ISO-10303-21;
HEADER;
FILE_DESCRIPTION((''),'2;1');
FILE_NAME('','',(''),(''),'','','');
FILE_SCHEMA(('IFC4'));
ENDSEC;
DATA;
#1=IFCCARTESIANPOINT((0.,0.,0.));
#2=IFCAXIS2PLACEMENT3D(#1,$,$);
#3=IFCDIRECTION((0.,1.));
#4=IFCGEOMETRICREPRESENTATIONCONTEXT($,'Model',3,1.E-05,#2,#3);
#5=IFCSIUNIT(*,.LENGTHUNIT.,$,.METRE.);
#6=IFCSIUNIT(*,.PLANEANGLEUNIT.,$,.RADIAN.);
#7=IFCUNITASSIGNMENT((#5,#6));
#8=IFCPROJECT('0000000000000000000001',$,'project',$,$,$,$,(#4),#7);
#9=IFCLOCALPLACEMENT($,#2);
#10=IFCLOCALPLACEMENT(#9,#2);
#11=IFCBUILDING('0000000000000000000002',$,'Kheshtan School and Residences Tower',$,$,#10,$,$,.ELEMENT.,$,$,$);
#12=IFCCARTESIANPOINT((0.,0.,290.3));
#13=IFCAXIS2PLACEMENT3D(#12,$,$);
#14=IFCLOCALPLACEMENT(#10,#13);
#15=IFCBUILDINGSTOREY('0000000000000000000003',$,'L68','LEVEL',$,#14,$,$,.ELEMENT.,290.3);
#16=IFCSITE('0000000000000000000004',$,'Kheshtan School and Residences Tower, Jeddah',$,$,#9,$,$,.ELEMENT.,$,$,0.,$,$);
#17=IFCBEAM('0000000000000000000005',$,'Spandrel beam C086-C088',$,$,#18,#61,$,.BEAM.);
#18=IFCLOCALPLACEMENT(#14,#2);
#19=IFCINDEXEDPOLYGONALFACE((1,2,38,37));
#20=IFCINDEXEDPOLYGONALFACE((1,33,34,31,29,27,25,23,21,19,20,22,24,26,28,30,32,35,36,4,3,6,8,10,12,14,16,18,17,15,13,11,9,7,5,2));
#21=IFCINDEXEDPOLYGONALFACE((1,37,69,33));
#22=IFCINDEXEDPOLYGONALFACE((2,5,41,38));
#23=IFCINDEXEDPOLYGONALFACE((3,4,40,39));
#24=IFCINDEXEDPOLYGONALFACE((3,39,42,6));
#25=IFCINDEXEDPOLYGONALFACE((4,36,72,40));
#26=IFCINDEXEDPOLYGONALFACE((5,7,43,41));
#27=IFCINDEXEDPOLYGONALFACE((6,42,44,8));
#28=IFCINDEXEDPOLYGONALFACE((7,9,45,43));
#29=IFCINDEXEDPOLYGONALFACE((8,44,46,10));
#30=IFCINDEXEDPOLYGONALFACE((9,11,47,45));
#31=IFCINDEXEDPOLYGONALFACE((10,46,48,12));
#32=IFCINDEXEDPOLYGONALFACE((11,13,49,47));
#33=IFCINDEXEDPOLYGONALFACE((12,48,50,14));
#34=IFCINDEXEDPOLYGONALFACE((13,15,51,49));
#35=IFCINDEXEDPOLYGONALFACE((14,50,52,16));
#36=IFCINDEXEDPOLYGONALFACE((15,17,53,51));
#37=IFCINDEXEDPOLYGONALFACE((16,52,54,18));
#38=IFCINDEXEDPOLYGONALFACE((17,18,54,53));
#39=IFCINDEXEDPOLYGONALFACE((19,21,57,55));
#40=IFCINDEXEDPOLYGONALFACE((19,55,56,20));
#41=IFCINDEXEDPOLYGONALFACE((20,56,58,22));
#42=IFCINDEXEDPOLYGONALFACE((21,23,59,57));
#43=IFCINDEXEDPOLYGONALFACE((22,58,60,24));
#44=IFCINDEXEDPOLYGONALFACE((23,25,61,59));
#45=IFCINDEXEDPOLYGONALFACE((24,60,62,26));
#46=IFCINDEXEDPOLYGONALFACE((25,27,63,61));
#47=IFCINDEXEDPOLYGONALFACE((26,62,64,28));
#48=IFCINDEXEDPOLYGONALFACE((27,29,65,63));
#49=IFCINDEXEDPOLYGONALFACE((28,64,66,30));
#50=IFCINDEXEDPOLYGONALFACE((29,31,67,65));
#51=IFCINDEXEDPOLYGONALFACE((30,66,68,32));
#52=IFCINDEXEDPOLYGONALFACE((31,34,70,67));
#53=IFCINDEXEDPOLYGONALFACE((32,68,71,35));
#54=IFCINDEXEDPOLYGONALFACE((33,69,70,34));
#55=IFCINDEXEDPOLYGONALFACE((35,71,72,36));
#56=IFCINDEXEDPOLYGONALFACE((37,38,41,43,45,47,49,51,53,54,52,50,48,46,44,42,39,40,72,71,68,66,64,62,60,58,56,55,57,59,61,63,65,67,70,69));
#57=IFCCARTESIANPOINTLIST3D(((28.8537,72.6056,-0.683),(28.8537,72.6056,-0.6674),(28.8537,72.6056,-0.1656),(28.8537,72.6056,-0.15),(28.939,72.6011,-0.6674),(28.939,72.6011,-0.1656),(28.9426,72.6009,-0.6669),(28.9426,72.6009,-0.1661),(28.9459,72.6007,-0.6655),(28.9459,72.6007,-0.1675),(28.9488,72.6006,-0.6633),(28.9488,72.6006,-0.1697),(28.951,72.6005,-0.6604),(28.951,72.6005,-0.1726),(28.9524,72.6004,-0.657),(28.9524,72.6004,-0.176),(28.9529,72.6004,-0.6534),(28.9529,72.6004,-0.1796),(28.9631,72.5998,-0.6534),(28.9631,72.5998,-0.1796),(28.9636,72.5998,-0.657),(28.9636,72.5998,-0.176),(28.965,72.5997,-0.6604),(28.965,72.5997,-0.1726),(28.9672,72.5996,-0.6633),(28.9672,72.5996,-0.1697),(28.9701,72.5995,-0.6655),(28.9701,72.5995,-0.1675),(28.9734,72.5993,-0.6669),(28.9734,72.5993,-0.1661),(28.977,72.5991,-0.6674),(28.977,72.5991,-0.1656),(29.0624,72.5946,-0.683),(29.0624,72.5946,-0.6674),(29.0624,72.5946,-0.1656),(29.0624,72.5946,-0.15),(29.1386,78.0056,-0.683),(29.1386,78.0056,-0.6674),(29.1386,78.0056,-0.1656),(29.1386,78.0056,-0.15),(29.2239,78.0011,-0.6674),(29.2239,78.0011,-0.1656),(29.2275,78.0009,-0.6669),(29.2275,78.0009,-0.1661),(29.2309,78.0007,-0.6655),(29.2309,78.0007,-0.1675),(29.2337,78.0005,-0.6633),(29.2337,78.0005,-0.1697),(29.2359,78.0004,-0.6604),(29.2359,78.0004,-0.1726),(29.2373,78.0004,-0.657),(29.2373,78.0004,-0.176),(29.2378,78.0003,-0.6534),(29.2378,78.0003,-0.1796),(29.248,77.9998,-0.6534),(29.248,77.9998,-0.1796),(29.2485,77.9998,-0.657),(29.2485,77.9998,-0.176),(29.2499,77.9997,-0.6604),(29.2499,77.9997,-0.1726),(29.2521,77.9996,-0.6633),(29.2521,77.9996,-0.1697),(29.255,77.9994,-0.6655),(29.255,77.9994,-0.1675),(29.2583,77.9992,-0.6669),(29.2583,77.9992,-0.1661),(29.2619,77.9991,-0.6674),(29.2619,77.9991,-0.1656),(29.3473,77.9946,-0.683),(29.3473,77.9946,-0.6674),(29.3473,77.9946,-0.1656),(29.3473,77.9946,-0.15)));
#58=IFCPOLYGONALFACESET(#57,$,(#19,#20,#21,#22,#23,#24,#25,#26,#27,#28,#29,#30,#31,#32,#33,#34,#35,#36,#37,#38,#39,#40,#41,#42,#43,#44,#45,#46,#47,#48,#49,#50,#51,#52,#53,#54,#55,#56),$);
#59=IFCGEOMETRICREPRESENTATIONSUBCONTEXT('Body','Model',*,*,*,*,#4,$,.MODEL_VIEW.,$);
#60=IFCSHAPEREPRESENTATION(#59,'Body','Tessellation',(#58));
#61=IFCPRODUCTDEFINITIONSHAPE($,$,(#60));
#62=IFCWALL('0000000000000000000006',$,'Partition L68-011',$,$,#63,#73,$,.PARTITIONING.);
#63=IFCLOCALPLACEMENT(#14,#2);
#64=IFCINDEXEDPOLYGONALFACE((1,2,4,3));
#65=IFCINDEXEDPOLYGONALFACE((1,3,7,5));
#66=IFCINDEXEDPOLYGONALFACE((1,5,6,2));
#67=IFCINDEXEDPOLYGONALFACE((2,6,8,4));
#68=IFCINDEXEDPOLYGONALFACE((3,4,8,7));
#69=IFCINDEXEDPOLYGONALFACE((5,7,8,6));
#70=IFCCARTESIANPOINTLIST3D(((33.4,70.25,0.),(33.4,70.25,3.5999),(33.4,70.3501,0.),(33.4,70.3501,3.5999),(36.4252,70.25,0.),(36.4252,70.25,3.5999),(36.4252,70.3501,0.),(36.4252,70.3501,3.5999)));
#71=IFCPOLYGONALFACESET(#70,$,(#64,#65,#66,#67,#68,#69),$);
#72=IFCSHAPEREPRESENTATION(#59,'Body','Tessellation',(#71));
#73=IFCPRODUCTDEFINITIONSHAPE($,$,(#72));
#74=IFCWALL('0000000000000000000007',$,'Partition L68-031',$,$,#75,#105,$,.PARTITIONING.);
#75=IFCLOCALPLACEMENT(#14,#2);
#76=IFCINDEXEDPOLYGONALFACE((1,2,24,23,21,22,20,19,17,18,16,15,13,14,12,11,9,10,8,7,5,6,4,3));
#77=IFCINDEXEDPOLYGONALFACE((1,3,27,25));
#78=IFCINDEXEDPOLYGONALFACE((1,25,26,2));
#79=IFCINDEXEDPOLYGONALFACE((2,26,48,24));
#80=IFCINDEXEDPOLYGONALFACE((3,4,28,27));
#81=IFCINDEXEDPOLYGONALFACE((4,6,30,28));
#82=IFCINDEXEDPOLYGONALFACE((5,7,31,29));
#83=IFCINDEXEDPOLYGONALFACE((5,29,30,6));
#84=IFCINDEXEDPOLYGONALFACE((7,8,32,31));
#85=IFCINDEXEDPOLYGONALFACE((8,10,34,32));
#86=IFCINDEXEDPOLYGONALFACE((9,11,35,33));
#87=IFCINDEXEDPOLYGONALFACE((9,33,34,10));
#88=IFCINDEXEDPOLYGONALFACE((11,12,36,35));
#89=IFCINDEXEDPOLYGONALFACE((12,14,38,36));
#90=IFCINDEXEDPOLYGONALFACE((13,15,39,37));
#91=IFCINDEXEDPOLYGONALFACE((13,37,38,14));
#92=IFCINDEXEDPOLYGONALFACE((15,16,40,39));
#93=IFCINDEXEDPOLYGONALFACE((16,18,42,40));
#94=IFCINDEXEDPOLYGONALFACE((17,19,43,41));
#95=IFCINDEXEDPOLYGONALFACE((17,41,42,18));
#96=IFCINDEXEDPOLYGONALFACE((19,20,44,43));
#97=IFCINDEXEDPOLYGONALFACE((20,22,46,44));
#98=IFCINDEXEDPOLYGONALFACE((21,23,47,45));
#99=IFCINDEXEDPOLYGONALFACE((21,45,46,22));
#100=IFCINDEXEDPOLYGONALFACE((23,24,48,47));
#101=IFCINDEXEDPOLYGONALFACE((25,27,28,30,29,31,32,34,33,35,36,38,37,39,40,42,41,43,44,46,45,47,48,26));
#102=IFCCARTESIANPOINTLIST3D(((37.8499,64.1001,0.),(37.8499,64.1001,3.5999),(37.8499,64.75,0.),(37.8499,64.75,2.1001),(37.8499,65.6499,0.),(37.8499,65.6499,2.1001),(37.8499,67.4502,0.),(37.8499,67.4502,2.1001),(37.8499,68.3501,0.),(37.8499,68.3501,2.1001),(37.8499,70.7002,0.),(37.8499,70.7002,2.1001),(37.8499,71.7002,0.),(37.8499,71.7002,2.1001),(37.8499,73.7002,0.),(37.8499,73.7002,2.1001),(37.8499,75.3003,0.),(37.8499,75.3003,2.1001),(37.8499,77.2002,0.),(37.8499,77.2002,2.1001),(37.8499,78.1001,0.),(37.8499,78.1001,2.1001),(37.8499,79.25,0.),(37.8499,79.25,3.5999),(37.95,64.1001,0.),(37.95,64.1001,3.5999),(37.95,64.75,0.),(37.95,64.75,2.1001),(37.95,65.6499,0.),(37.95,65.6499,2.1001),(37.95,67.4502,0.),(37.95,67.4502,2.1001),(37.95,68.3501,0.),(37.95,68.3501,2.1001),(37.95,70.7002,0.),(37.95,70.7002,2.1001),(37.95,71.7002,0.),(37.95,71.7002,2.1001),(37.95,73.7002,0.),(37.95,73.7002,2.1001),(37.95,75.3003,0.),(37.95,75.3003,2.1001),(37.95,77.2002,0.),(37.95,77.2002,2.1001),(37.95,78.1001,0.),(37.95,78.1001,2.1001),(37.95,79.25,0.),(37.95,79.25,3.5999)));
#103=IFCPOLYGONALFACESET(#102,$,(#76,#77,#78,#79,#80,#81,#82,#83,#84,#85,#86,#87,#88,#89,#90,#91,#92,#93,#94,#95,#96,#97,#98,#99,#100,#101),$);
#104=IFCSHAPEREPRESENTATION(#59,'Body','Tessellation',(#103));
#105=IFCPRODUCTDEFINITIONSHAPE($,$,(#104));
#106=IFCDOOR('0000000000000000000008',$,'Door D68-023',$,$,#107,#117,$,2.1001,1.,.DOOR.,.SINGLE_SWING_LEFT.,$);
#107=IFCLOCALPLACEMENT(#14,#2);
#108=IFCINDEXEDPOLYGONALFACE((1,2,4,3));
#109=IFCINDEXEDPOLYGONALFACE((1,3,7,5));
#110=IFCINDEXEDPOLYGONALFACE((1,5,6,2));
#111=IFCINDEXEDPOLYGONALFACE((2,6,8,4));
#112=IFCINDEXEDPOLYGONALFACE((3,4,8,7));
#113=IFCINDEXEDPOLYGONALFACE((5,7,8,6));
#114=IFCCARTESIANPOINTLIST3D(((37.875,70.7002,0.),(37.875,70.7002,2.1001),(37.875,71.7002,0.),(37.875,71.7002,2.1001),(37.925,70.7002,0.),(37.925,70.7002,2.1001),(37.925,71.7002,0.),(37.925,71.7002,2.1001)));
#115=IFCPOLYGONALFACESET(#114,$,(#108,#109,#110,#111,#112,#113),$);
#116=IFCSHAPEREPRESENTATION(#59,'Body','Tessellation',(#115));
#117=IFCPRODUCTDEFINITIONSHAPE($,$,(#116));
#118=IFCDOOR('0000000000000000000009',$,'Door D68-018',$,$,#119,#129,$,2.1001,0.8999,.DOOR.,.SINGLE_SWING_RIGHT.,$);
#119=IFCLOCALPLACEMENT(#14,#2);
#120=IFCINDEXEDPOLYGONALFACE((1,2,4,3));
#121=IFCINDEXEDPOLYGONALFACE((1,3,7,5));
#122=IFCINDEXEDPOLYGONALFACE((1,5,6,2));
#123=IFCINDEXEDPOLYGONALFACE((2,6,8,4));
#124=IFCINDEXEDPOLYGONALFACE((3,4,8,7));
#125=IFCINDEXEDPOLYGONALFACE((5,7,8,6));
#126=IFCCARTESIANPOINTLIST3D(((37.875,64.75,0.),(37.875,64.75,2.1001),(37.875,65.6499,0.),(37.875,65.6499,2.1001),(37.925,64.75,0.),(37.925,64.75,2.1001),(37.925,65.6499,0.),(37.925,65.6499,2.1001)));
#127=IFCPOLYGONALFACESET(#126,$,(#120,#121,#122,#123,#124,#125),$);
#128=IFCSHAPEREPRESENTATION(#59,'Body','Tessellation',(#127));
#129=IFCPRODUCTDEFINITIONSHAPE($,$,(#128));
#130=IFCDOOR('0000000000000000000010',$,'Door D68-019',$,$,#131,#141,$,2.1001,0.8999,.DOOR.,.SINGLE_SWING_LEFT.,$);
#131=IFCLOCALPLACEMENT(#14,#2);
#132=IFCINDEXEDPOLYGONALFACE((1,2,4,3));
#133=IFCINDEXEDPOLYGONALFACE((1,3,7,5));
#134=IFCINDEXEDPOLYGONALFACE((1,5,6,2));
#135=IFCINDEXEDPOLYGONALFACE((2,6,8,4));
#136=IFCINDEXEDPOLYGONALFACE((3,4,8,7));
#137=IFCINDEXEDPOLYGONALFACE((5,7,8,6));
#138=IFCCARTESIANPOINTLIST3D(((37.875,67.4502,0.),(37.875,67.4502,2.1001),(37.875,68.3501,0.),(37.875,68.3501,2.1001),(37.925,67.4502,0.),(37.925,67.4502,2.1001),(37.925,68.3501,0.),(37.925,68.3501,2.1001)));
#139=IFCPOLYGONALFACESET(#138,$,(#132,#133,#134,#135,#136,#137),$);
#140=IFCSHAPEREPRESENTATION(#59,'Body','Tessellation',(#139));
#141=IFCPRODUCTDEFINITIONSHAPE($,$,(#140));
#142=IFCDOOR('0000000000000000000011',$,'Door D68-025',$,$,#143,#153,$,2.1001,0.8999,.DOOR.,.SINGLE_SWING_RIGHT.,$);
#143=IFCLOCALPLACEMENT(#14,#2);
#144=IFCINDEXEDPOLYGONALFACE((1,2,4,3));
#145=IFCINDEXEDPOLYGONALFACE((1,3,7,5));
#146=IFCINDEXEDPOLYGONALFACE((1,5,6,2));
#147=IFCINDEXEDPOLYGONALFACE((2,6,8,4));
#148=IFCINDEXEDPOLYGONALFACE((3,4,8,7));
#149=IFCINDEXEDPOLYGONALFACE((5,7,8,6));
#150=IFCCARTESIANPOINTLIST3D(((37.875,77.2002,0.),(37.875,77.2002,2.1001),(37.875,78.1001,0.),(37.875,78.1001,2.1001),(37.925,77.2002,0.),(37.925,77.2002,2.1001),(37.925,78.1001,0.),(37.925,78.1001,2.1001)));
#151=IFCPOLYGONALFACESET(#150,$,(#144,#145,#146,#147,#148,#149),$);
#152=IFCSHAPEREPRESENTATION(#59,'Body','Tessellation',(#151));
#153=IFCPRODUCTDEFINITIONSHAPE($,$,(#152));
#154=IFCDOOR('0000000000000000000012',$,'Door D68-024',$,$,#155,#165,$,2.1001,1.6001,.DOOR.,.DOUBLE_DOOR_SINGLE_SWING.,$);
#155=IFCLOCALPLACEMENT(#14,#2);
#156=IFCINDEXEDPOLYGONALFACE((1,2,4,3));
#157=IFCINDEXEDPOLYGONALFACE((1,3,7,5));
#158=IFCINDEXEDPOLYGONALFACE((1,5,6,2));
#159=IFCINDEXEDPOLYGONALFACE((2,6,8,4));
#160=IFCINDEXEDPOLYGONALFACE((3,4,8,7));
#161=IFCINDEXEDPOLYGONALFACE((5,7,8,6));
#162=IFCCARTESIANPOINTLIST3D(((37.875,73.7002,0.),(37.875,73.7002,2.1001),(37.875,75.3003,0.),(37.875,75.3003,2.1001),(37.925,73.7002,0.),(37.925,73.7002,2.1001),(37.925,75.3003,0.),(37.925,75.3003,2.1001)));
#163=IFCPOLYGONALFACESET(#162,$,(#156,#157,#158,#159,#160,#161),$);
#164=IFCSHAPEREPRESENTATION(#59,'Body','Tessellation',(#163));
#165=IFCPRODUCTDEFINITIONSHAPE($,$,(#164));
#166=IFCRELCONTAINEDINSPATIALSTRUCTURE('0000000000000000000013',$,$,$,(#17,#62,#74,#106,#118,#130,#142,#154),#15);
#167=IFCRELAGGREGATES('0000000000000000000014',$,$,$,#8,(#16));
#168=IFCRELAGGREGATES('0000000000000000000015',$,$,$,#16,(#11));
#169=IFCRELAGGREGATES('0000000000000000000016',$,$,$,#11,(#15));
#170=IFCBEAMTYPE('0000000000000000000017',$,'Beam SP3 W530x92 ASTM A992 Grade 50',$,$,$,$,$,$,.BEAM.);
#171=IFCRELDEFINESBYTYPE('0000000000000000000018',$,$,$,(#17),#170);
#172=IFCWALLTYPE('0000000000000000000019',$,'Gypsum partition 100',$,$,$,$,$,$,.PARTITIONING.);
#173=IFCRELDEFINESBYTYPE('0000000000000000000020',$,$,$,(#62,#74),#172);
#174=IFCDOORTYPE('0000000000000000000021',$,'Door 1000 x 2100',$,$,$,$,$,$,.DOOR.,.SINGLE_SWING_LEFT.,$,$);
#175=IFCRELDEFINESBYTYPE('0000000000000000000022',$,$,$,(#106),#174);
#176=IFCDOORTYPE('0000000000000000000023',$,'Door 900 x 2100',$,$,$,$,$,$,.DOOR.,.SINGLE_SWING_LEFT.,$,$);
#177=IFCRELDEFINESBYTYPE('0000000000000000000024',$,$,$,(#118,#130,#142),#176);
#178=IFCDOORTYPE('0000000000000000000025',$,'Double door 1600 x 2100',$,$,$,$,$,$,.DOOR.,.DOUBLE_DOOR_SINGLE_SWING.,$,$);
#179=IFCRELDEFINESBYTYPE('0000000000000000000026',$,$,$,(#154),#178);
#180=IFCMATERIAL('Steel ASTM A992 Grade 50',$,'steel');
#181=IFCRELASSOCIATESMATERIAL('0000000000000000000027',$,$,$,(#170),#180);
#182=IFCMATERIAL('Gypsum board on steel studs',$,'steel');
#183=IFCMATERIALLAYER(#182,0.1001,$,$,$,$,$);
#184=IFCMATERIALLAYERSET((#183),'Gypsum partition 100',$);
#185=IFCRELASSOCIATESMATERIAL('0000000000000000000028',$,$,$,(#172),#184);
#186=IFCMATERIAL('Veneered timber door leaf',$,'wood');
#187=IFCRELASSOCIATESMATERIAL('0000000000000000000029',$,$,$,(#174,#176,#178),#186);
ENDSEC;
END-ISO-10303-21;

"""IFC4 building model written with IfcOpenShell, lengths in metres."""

from ifc_helpers import new_model, si_unit, direction, frame, frame_2d, origin, origin_2d, place, context, subcontext, project, spatial, rectangle, i_section, extrude, source, transform, mapped, material, layer, layer_set, material_profile, profile_set, type_object, element, fill, save


model = new_model("IFC4")

# Units and contexts
model_context = context("Model", 3, precision=1e-05, world=origin(), true_north=direction((0.0, 1.0)))
body_context = subcontext(model_context, "Body", "Model", "MODEL_VIEW")
ifc_project = project(units=[si_unit("LENGTHUNIT", "METRE"), si_unit("PLANEANGLEUNIT", "RADIAN")], contexts=[model_context])

# Site, building, storey
site_placement = place(None, origin())
site = spatial("IfcSite", under=ifc_project, at=site_placement, Name="Kheshtan School and Residences Tower, Jeddah", CompositionType="ELEMENT", RefElevation=0.0)
building_placement = place(site_placement, origin())
building = spatial("IfcBuilding", under=site, at=building_placement, Name="Kheshtan School and Residences Tower", CompositionType="ELEMENT")
storey_placement = place(building_placement, frame((0.0, 0.0, 290.3)))
storey = spatial("IfcBuildingStorey", under=building, at=storey_placement, Name="L68", Description="LEVEL", CompositionType="ELEMENT", Elevation=290.3)

# Shared definitions
ifc_material_1 = material(Name="Steel ASTM A992 Grade 50", Category="steel")

# Beam
ifc_material_profile_1 = material_profile(ifc_material_1, i_section(OverallWidth=0.209, OverallDepth=0.533, WebThickness=0.0103, FlangeThickness=0.0156, FilletRadius=0.0139, at=origin_2d()), Name="W530x92")
ifc_profile_set_1 = profile_set([ifc_material_profile_1], Name="Steel ASTM A992 Grade 50")
beam_type_1 = type_object("IfcBeamType", Name="Beam SP3 W530x92 ASTM A992 Grade 50", PredefinedType="BEAM", material=ifc_profile_set_1)
beam_1_placement = place(storey_placement, frame((28.958, 72.6001, -0.4165), z_axis=(0.052689, 0.998611, 0.0), x_axis=(-0.998611, 0.052689, 0.0)))
element("IfcBeam", 1, at=beam_1_placement, inside=storey, type_object=beam_type_1, Name="Spandrel beam C086-C088", PredefinedType="BEAM", context=body_context, shape_type="SweptSolid", body=[
    extrude(i_section(OverallWidth=0.209, OverallDepth=0.533, WebThickness=0.0103, FlangeThickness=0.0156, FilletRadius=0.0139, at=origin_2d()), origin(), (0.0, 0.0, 1.0), 5.4075),
])

# Wall
ifc_material_2 = material(Name="Gypsum board on steel studs", Category="steel")
ifc_layer_1 = layer(ifc_material_2, 0.1001)
ifc_layer_set_1 = layer_set([ifc_layer_1], Name="Gypsum partition 100")
wall_type_1 = type_object("IfcWallType", Name="Gypsum partition 100", PredefinedType="PARTITIONING", material=ifc_layer_set_1)
wall_1_placement = place(storey_placement, frame((33.3999, 70.3, 0.0), z_axis=(0.0, 0.0, 1.0), x_axis=(1.0, 0.0, 0.0)))
element("IfcWall", 2, at=wall_1_placement, inside=storey, type_object=wall_type_1, Name="Partition L68-011", PredefinedType="PARTITIONING", context=body_context, shape_type="SweptSolid", body=[
    extrude(rectangle(XDim=3.0251, YDim=0.1001, at=frame_2d((1.5127, 0.0))), origin(), (0.0, 0.0, 1.0), 3.5999),
])

# Wall, openings, doors
wall_2_placement = place(storey_placement, frame((37.8999, 64.1001, 0.0), z_axis=(0.0, 0.0, 1.0), x_axis=(0.0, 1.0, 0.0)))
wall_2 = element("IfcWall", 3, at=wall_2_placement, inside=storey, type_object=wall_type_1, Name="Partition L68-031", PredefinedType="PARTITIONING", context=body_context, shape_type="SweptSolid", body=[
    extrude(rectangle(XDim=15.1499, YDim=0.1001, at=frame_2d((7.575, 0.0))), origin(), (0.0, 0.0, 1.0), 3.5999),
])
opening_1_placement = place(wall_2_placement, frame((0.6499, 0.0, 0.0)))
opening_1 = element("IfcOpeningElement", 4, at=opening_1_placement, cuts=wall_2, PredefinedType="OPENING", context=body_context, shape_type="SweptSolid", body=[
    extrude(rectangle(XDim=0.8999, YDim=2.1001, at=frame_2d((0.45, 1.05))), frame((0.0, 0.0601, 0.0), z_axis=(0.0, -1.0, 0.0), x_axis=(1.0, 0.0, 0.0)), (0.0, 0.0, 1.0), 0.1201),
])
opening_2_placement = place(wall_2_placement, frame((3.3501, 0.0, 0.0)))
opening_2 = element("IfcOpeningElement", 5, at=opening_2_placement, cuts=wall_2, PredefinedType="OPENING", context=body_context, shape_type="SweptSolid", body=[
    extrude(rectangle(XDim=0.8999, YDim=2.1001, at=frame_2d((0.45, 1.05))), frame((0.0, 0.0601, 0.0), z_axis=(0.0, -1.0, 0.0), x_axis=(1.0, 0.0, 0.0)), (0.0, 0.0, 1.0), 0.1201),
])
opening_3_placement = place(wall_2_placement, frame((6.6001, 0.0, 0.0)))
opening_3 = element("IfcOpeningElement", 6, at=opening_3_placement, cuts=wall_2, PredefinedType="OPENING", context=body_context, shape_type="SweptSolid", body=[
    extrude(rectangle(XDim=1.0, YDim=2.1001, at=frame_2d((0.5, 1.05))), frame((0.0, 0.0601, 0.0), z_axis=(0.0, -1.0, 0.0), x_axis=(1.0, 0.0, 0.0)), (0.0, 0.0, 1.0), 0.1201),
])
opening_4_placement = place(wall_2_placement, frame((9.6001, 0.0, 0.0)))
opening_4 = element("IfcOpeningElement", 7, at=opening_4_placement, cuts=wall_2, PredefinedType="OPENING", context=body_context, shape_type="SweptSolid", body=[
    extrude(rectangle(XDim=1.6001, YDim=2.1001, at=frame_2d((0.8, 1.05))), frame((0.0, 0.0601, 0.0), z_axis=(0.0, -1.0, 0.0), x_axis=(1.0, 0.0, 0.0)), (0.0, 0.0, 1.0), 0.1201),
])
opening_5_placement = place(wall_2_placement, frame((13.1001, 0.0, 0.0)))
opening_5 = element("IfcOpeningElement", 8, at=opening_5_placement, cuts=wall_2, PredefinedType="OPENING", context=body_context, shape_type="SweptSolid", body=[
    extrude(rectangle(XDim=0.8999, YDim=2.1001, at=frame_2d((0.45, 1.05))), frame((0.0, 0.0601, 0.0), z_axis=(0.0, -1.0, 0.0), x_axis=(1.0, 0.0, 0.0)), (0.0, 0.0, 1.0), 0.1201),
])
ifc_material_3 = material(Name="Veneered timber door leaf", Category="wood")
door_type_1 = type_object("IfcDoorType", Name="Door 1000 x 2100", OperationType="SINGLE_SWING_LEFT", PredefinedType="DOOR", material=ifc_material_3)
shared_shape_1 = source(origin(), body_context, "Body", "SweptSolid", [
    extrude(rectangle(XDim=1.0, YDim=2.1001, at=frame_2d((0.5, 1.05))), frame((0.0, 0.0249, 0.0), z_axis=(0.0, -1.0, 0.0), x_axis=(1.0, 0.0, 0.0)), (0.0, 0.0, 1.0), 0.05),
])
door_1_placement = place(opening_3_placement, origin())
door_1 = element("IfcDoor", 9, at=door_1_placement, inside=storey, type_object=door_type_1, Name="Door D68-023", OperationType="SINGLE_SWING_LEFT", OverallHeight=2.1001, OverallWidth=1.0, PredefinedType="DOOR", context=body_context, shape_type="MappedRepresentation", body=[
    mapped(shared_shape_1, transform((0.0, 0.0, 0.0), x_axis=(1.0, 0.0, 0.0), y_axis=(0.0, 1.0, 0.0), z_axis=(0.0, 0.0, 1.0), scale=1.0)),
])
fill(opening_3, door_1)
door_type_2 = type_object("IfcDoorType", Name="Door 900 x 2100", OperationType="SINGLE_SWING_LEFT", PredefinedType="DOOR", material=ifc_material_3)
shared_shape_2 = source(origin(), body_context, "Body", "SweptSolid", [
    extrude(rectangle(XDim=0.8999, YDim=2.1001, at=frame_2d((0.45, 1.05))), frame((0.0, 0.0249, 0.0), z_axis=(0.0, -1.0, 0.0), x_axis=(1.0, 0.0, 0.0)), (0.0, 0.0, 1.0), 0.05),
])
door_2_placement = place(opening_1_placement, origin())
door_2 = element("IfcDoor", 10, at=door_2_placement, inside=storey, type_object=door_type_2, Name="Door D68-018", OperationType="SINGLE_SWING_RIGHT", OverallHeight=2.1001, OverallWidth=0.8999, PredefinedType="DOOR", context=body_context, shape_type="MappedRepresentation", body=[
    mapped(shared_shape_2, transform((0.0, 0.0, 0.0), x_axis=(1.0, 0.0, 0.0), y_axis=(0.0, 1.0, 0.0), z_axis=(0.0, 0.0, 1.0), scale=1.0)),
])
fill(opening_1, door_2)
door_3_placement = place(opening_2_placement, origin())
door_3 = element("IfcDoor", 11, at=door_3_placement, inside=storey, type_object=door_type_2, Name="Door D68-019", OperationType="SINGLE_SWING_LEFT", OverallHeight=2.1001, OverallWidth=0.8999, PredefinedType="DOOR", context=body_context, shape_type="MappedRepresentation", body=[
    mapped(shared_shape_2, transform((0.0, 0.0, 0.0), x_axis=(1.0, 0.0, 0.0), y_axis=(0.0, 1.0, 0.0), z_axis=(0.0, 0.0, 1.0), scale=1.0)),
])
fill(opening_2, door_3)
door_4_placement = place(opening_5_placement, origin())
door_4 = element("IfcDoor", 12, at=door_4_placement, inside=storey, type_object=door_type_2, Name="Door D68-025", OperationType="SINGLE_SWING_RIGHT", OverallHeight=2.1001, OverallWidth=0.8999, PredefinedType="DOOR", context=body_context, shape_type="MappedRepresentation", body=[
    mapped(shared_shape_2, transform((0.0, 0.0, 0.0), x_axis=(1.0, 0.0, 0.0), y_axis=(0.0, 1.0, 0.0), z_axis=(0.0, 0.0, 1.0), scale=1.0)),
])
fill(opening_5, door_4)
door_type_3 = type_object("IfcDoorType", Name="Double door 1600 x 2100", OperationType="DOUBLE_DOOR_SINGLE_SWING", PredefinedType="DOOR", material=ifc_material_3)
shared_shape_3 = source(origin(), body_context, "Body", "SweptSolid", [
    extrude(rectangle(XDim=1.6001, YDim=2.1001, at=frame_2d((0.8, 1.05))), frame((0.0, 0.0249, 0.0), z_axis=(0.0, -1.0, 0.0), x_axis=(1.0, 0.0, 0.0)), (0.0, 0.0, 1.0), 0.05),
])
door_5_placement = place(opening_4_placement, origin())
door_5 = element("IfcDoor", 13, at=door_5_placement, inside=storey, type_object=door_type_3, Name="Door D68-024", OperationType="DOUBLE_DOOR_SINGLE_SWING", OverallHeight=2.1001, OverallWidth=1.6001, PredefinedType="DOOR", context=body_context, shape_type="MappedRepresentation", body=[
    mapped(shared_shape_3, transform((0.0, 0.0, 0.0), x_axis=(1.0, 0.0, 0.0), y_axis=(0.0, 1.0, 0.0), z_axis=(0.0, 0.0, 1.0), scale=1.0)),
])
fill(opening_4, door_5)

save(model, "model.ifc")
